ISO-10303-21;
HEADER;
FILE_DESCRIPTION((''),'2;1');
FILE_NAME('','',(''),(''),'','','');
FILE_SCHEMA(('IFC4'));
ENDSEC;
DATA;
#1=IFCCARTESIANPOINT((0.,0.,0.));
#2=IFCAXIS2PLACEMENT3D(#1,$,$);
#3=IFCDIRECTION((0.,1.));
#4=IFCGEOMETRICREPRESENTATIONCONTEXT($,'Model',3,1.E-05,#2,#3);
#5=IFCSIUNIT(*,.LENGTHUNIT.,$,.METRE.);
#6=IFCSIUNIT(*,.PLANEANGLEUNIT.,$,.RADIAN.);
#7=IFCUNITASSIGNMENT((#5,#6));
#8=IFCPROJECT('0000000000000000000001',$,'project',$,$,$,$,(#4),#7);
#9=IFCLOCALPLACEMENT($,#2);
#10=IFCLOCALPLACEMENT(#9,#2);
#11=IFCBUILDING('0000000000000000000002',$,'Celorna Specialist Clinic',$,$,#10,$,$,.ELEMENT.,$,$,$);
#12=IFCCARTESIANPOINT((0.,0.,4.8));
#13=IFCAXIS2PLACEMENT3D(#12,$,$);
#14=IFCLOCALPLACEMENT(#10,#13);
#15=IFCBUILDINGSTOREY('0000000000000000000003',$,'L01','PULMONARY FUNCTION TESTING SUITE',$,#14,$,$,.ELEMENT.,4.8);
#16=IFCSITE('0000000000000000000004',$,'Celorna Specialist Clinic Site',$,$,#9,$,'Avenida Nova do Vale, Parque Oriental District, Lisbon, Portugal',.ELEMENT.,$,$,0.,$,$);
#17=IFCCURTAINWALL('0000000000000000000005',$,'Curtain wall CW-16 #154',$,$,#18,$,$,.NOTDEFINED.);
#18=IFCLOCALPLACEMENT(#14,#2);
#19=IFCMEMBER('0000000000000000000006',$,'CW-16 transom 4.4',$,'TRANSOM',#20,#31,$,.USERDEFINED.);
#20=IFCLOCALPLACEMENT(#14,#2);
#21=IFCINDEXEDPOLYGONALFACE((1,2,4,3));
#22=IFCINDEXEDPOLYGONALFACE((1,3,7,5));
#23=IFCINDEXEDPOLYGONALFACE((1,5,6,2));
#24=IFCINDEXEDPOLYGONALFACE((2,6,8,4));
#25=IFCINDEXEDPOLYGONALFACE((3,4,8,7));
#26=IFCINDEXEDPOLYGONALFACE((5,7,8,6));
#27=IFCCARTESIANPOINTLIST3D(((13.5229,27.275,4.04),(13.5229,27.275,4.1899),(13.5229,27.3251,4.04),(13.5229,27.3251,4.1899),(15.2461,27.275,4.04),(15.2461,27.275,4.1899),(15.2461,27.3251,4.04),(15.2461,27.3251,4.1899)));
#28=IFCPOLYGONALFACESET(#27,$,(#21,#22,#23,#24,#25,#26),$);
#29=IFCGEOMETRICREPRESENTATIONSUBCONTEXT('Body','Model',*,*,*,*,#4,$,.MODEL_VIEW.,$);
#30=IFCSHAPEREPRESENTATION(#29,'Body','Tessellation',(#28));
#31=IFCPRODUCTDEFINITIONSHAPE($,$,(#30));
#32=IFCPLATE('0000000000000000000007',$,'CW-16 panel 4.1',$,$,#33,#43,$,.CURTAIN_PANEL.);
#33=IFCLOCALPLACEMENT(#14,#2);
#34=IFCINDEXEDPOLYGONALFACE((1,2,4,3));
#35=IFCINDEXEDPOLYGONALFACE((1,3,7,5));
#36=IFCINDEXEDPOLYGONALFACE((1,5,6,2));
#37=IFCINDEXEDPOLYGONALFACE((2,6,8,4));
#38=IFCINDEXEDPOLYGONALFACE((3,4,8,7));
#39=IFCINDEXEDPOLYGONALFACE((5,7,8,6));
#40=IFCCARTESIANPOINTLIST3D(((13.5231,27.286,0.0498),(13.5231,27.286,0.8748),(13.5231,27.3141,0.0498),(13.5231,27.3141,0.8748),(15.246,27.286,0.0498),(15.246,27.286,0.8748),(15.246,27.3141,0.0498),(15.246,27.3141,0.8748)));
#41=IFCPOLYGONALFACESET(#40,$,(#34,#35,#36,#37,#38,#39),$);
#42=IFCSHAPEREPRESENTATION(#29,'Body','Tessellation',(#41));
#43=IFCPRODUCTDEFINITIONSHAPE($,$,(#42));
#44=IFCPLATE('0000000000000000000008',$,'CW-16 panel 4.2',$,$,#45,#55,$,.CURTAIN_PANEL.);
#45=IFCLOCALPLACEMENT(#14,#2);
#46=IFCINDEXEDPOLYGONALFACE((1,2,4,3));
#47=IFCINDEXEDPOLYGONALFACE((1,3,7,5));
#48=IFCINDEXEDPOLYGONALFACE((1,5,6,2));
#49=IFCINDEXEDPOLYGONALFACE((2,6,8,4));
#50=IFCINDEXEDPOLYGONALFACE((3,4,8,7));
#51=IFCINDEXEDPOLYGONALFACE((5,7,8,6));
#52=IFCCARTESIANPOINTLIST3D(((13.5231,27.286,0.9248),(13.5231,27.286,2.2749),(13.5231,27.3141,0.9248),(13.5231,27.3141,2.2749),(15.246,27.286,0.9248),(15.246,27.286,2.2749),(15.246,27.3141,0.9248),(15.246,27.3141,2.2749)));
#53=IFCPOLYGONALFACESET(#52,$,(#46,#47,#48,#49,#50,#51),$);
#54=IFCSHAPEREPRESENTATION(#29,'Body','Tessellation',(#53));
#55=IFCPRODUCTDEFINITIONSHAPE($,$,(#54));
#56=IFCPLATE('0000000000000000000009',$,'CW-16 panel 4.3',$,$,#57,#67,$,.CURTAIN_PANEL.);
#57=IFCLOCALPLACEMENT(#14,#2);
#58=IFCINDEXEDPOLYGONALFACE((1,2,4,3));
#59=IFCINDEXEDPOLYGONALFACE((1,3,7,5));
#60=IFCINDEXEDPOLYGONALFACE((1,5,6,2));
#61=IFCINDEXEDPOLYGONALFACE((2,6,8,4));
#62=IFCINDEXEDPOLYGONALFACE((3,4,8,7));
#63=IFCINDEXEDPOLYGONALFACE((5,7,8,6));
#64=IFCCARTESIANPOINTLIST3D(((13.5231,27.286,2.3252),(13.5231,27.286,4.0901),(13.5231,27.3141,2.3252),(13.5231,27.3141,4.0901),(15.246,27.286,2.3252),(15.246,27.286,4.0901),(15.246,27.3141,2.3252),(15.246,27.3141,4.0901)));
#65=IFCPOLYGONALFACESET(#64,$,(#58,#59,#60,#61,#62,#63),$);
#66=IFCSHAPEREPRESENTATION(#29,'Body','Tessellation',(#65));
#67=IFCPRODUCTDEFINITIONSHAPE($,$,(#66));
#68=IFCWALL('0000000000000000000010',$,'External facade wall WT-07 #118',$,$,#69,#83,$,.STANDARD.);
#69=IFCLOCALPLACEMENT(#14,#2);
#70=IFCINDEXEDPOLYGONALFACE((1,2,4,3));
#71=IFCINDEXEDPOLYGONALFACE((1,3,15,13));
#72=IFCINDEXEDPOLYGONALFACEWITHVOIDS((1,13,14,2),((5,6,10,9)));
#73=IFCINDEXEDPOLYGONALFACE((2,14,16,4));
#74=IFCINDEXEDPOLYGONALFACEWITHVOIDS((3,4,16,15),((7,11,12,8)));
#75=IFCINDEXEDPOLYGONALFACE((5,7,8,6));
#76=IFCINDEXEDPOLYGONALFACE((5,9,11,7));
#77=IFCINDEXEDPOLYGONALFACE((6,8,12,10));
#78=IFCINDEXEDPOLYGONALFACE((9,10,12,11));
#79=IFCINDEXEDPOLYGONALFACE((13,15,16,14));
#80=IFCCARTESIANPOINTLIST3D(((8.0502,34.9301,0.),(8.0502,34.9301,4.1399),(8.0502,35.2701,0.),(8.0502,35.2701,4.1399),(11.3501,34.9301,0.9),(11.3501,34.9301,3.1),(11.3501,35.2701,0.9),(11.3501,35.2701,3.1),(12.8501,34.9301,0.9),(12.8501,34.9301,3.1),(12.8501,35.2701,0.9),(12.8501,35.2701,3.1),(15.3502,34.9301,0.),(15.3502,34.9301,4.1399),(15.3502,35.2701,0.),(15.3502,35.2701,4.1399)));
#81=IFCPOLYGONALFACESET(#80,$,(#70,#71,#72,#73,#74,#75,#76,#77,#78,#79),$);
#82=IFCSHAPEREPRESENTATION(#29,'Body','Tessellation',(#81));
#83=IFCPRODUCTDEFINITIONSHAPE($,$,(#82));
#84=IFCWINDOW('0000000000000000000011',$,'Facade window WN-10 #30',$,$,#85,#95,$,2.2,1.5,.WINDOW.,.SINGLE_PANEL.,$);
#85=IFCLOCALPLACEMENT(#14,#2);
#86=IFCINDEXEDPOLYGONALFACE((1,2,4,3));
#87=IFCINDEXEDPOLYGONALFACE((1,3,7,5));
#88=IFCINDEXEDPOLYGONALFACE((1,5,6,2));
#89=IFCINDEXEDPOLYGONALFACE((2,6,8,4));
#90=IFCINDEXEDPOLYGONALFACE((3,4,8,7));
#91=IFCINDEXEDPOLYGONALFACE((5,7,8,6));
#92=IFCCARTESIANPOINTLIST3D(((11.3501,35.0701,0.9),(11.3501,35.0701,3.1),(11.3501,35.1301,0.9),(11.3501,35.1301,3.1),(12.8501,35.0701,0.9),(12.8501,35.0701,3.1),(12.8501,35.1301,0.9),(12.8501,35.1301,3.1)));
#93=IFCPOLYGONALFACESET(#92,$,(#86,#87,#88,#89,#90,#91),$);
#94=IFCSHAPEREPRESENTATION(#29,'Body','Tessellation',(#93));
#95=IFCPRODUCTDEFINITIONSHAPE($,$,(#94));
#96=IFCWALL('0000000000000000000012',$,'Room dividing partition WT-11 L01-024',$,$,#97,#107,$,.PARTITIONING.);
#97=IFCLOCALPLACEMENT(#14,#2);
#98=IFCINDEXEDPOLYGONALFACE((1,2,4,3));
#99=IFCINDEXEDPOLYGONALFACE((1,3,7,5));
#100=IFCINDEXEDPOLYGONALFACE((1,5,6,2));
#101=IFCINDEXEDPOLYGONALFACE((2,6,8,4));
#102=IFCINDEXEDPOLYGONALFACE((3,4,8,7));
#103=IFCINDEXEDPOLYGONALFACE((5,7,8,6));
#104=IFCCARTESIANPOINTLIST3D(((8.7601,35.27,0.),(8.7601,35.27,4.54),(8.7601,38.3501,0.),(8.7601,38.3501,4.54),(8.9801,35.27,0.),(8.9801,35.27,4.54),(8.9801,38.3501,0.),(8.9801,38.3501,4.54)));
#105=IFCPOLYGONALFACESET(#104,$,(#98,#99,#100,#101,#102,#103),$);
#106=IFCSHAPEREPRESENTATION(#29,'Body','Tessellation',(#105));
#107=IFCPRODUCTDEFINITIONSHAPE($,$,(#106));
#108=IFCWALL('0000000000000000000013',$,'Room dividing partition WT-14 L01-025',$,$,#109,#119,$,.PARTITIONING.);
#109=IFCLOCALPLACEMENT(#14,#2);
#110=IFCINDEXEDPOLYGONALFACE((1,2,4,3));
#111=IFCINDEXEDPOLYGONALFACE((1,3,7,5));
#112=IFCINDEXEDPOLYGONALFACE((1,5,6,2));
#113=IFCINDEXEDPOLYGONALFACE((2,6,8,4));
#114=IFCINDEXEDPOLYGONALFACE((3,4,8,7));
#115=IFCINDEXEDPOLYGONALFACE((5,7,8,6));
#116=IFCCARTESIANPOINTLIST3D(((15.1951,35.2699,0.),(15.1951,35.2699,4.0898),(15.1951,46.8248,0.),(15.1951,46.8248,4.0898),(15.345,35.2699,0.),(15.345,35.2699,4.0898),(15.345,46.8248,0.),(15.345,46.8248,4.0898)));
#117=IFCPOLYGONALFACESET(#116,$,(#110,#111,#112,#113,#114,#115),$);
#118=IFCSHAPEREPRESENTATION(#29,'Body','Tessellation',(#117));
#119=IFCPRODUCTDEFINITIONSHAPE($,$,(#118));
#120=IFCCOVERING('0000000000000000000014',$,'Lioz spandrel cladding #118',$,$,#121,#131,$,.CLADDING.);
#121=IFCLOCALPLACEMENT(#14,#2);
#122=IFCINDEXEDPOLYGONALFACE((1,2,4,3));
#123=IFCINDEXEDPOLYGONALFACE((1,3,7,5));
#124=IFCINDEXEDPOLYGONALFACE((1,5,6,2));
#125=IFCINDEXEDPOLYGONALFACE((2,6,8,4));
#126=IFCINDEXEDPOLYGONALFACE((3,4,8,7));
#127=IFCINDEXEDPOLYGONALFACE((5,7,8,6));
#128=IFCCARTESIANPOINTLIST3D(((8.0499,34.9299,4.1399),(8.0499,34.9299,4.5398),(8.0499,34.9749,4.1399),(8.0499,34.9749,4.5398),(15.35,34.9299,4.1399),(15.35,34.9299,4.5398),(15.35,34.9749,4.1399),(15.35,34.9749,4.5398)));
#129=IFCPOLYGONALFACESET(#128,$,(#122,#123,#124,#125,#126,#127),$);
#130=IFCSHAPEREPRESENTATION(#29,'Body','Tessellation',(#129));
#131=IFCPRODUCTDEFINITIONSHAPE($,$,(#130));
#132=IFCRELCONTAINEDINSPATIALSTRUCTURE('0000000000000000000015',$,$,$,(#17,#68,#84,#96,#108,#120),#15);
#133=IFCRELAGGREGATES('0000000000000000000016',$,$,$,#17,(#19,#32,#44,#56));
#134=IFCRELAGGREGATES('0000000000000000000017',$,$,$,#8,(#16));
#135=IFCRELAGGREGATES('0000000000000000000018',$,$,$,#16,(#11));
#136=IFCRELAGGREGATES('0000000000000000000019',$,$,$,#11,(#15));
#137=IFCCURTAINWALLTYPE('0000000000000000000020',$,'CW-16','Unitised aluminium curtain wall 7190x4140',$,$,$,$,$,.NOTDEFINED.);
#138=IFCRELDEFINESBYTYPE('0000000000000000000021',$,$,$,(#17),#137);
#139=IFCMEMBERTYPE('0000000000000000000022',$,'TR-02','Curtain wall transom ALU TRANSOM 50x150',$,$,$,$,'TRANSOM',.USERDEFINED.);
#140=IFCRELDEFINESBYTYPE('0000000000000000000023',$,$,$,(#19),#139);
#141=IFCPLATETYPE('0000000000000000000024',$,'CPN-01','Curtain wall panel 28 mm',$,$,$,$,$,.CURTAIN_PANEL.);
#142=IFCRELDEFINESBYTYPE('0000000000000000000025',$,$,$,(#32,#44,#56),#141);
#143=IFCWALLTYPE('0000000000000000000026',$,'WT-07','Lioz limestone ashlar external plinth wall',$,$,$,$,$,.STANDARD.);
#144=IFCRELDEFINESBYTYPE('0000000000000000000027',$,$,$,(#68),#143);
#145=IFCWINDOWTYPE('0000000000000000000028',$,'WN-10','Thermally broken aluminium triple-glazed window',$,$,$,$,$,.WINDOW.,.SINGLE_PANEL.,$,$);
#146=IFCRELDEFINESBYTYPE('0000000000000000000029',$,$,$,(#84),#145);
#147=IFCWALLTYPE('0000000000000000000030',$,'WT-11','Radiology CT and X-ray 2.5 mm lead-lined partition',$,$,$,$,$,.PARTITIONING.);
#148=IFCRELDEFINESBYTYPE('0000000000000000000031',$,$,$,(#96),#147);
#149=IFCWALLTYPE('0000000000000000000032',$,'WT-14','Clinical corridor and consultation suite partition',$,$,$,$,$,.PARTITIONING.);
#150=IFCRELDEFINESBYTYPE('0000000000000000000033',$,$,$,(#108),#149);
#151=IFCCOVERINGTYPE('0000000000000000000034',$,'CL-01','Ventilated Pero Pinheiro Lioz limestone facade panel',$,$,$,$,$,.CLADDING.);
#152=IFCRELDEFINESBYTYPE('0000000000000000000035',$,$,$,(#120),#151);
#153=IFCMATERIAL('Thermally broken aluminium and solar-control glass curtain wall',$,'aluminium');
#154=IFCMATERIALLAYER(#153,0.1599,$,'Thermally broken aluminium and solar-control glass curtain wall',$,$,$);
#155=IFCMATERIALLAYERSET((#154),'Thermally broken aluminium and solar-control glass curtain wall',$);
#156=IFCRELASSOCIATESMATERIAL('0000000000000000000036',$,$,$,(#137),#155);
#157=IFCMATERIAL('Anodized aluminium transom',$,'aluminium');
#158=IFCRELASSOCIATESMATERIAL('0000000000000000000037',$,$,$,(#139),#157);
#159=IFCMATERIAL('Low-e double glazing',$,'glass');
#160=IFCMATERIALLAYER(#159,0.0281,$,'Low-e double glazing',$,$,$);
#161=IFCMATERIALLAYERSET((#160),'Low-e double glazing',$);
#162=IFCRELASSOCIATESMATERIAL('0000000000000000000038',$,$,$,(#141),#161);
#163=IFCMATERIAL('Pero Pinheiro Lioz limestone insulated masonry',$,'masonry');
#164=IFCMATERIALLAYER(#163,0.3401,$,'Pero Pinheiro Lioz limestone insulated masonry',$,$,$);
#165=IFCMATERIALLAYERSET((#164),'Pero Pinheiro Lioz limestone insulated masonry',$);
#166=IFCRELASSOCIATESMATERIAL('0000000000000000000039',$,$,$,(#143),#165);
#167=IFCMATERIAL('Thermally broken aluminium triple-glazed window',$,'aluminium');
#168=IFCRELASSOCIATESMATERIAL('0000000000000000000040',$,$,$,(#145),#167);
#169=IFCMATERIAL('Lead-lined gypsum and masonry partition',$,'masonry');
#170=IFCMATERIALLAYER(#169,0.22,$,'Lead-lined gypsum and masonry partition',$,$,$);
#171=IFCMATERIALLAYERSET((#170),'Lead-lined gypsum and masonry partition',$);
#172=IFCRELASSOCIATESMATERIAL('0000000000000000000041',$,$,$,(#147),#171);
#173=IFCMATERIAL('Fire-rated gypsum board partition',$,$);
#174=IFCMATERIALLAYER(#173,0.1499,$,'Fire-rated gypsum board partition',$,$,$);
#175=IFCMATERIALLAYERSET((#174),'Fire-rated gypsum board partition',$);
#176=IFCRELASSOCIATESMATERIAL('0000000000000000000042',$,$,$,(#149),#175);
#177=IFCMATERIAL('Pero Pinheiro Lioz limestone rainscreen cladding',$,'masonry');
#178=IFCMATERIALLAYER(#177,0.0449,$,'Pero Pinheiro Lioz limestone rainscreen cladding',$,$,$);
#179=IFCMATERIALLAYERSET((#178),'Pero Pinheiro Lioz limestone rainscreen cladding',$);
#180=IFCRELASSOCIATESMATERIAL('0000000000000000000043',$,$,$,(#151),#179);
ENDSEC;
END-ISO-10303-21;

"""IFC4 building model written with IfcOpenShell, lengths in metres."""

from ifc_helpers import new_model, si_unit, direction, frame, frame_2d, origin, origin_2d, place, context, subcontext, project, spatial, rectangle, extrude, material, layer, layer_set, material_profile, profile_set, type_object, element, fill, aggregate, save


model = new_model("IFC4")

# Units and contexts
model_context = context("Model", 3, precision=1e-05, world=origin(), true_north=direction((0.0, 1.0)))
body_context = subcontext(model_context, "Body", "Model", "MODEL_VIEW")
ifc_project = project(units=[si_unit("LENGTHUNIT", "METRE"), si_unit("PLANEANGLEUNIT", "RADIAN")], contexts=[model_context])

# Site, building, storey
site_placement = place(None, origin())
site = spatial("IfcSite", under=ifc_project, at=site_placement, Name="Celorna Specialist Clinic Site", LongName="Avenida Nova do Vale, Parque Oriental District, Lisbon, Portugal", CompositionType="ELEMENT", RefElevation=0.0)
building_placement = place(site_placement, origin())
building = spatial("IfcBuilding", under=site, at=building_placement, Name="Celorna Specialist Clinic", CompositionType="ELEMENT")
storey_placement = place(building_placement, frame((0.0, 0.0, 4.8)))
storey = spatial("IfcBuildingStorey", under=building, at=storey_placement, Name="L01", Description="PULMONARY FUNCTION TESTING SUITE", CompositionType="ELEMENT", Elevation=4.8)

# Curtain wall, member, plates
ifc_material_1 = material(Name="Thermally broken aluminium and solar-control glass curtain wall", Category="aluminium")
ifc_layer_1 = layer(ifc_material_1, 0.1599, Name="Thermally broken aluminium and solar-control glass curtain wall")
ifc_layer_set_1 = layer_set([ifc_layer_1], Name="Thermally broken aluminium and solar-control glass curtain wall")
curtain_wall_type = type_object("IfcCurtainWallType", Name="CW-16", Description="Unitised aluminium curtain wall 7190x4140", PredefinedType="NOTDEFINED", material=ifc_layer_set_1)
curtain_wall_placement = place(storey_placement, origin())
curtain_wall = element("IfcCurtainWall", 1, at=curtain_wall_placement, inside=storey, type_object=curtain_wall_type, Name="Curtain wall CW-16 #154", PredefinedType="NOTDEFINED")
ifc_material_2 = material(Name="Anodized aluminium transom", Category="aluminium")
ifc_material_profile_1 = material_profile(ifc_material_2, rectangle(XDim=0.05, YDim=0.1499, at=origin_2d()), Name="ALU TRANSOM 50x150")
ifc_profile_set_1 = profile_set([ifc_material_profile_1], Name="Anodized aluminium transom")
member_type_1 = type_object("IfcMemberType", Name="TR-02", Description="Curtain wall transom ALU TRANSOM 50x150", ElementType="TRANSOM", PredefinedType="USERDEFINED", material=ifc_profile_set_1)
member_1_placement = place(storey_placement, frame((13.5229, 27.3, 4.115), z_axis=(1.0, 0.0, 0.0), x_axis=(0.0, 1.0, 0.0)))
member_1 = element("IfcMember", 2, at=member_1_placement, type_object=member_type_1, Name="CW-16 transom 4.4", ObjectType="TRANSOM", PredefinedType="USERDEFINED", context=body_context, shape_type="SweptSolid", body=[
    extrude(rectangle(XDim=0.05, YDim=0.1499, at=origin_2d()), origin(), (0.0, 0.0, 1.0), 1.7231),
])
ifc_material_3 = material(Name="Low-e double glazing", Category="glass")
ifc_layer_2 = layer(ifc_material_3, 0.0281, Name="Low-e double glazing")
ifc_layer_set_2 = layer_set([ifc_layer_2], Name="Low-e double glazing")
plate_type = type_object("IfcPlateType", Name="CPN-01", Description="Curtain wall panel 28 mm", PredefinedType="CURTAIN_PANEL", material=ifc_layer_set_2)
plate_1_placement = place(storey_placement, frame((14.3845, 27.3, 0.0498), z_axis=(0.0, 0.0, 1.0), x_axis=(1.0, 0.0, 0.0)))
plate_1 = element("IfcPlate", 3, at=plate_1_placement, type_object=plate_type, Name="CW-16 panel 4.1", PredefinedType="CURTAIN_PANEL", context=body_context, shape_type="SweptSolid", body=[
    extrude(rectangle(XDim=1.7229, YDim=0.0281, at=origin_2d()), origin(), (0.0, 0.0, 1.0), 0.825),
])
plate_2_placement = place(storey_placement, frame((14.3845, 27.3, 0.9248), z_axis=(0.0, 0.0, 1.0), x_axis=(1.0, 0.0, 0.0)))
plate_2 = element("IfcPlate", 4, at=plate_2_placement, type_object=plate_type, Name="CW-16 panel 4.2", PredefinedType="CURTAIN_PANEL", context=body_context, shape_type="SweptSolid", body=[
    extrude(rectangle(XDim=1.7229, YDim=0.0281, at=origin_2d()), origin(), (0.0, 0.0, 1.0), 1.3501),
])
plate_3_placement = place(storey_placement, frame((14.3845, 27.3, 2.3252), z_axis=(0.0, 0.0, 1.0), x_axis=(1.0, 0.0, 0.0)))
plate_3 = element("IfcPlate", 5, at=plate_3_placement, type_object=plate_type, Name="CW-16 panel 4.3", PredefinedType="CURTAIN_PANEL", context=body_context, shape_type="SweptSolid", body=[
    extrude(rectangle(XDim=1.7229, YDim=0.0281, at=origin_2d()), origin(), (0.0, 0.0, 1.0), 1.7649),
])
aggregate(curtain_wall, [member_1, plate_1, plate_2, plate_3])

# Wall, opening, window
ifc_material_4 = material(Name="Pero Pinheiro Lioz limestone insulated masonry", Category="masonry")
ifc_layer_3 = layer(ifc_material_4, 0.3401, Name="Pero Pinheiro Lioz limestone insulated masonry")
ifc_layer_set_3 = layer_set([ifc_layer_3], Name="Pero Pinheiro Lioz limestone insulated masonry")
wall_type_1 = type_object("IfcWallType", Name="WT-07", Description="Lioz limestone ashlar external plinth wall", PredefinedType="STANDARD", material=ifc_layer_set_3)
wall_1_placement = place(storey_placement, frame((15.3501, 35.1001, 0.0), z_axis=(0.0, 0.0, 1.0), x_axis=(-1.0, 0.0, 0.0)))
wall_1 = element("IfcWall", 6, at=wall_1_placement, inside=storey, type_object=wall_type_1, Name="External facade wall WT-07 #118", PredefinedType="STANDARD", context=body_context, shape_type="SweptSolid", body=[
    extrude(rectangle(XDim=7.3, YDim=0.3401, at=frame_2d((3.6499, 0.0))), origin(), (0.0, 0.0, 1.0), 4.1399),
])
opening_placement = place(wall_1_placement, frame((2.5, 0.0, 0.8999)))
opening = element("IfcOpeningElement", 7, at=opening_placement, cuts=wall_1, PredefinedType="OPENING", context=body_context, shape_type="SweptSolid", body=[
    extrude(rectangle(XDim=1.5, YDim=2.2, at=frame_2d((0.75, 1.1001))), frame((0.0, 0.1799, 0.0), z_axis=(0.0, -1.0, 0.0), x_axis=(1.0, 0.0, 0.0)), (0.0, 0.0, 1.0), 0.3601),
])
ifc_material_5 = material(Name="Thermally broken aluminium triple-glazed window", Category="aluminium")
window_type = type_object("IfcWindowType", Name="WN-10", Description="Thermally broken aluminium triple-glazed window", PartitioningType="SINGLE_PANEL", PredefinedType="WINDOW", material=ifc_material_5)
window_placement = place(opening_placement, origin())
window = element("IfcWindow", 8, at=window_placement, inside=storey, type_object=window_type, Name="Facade window WN-10 #30", OverallHeight=2.2, OverallWidth=1.5, PartitioningType="SINGLE_PANEL", PredefinedType="WINDOW", context=body_context, shape_type="SweptSolid", body=[
    extrude(rectangle(XDim=1.5, YDim=2.2, at=frame_2d((0.75, 1.1001))), frame((0.0, 0.03, 0.0), z_axis=(0.0, -1.0, 0.0), x_axis=(1.0, 0.0, 0.0)), (0.0, 0.0, 1.0), 0.0601),
])
fill(opening, window)

# Walls
ifc_material_6 = material(Name="Lead-lined gypsum and masonry partition", Category="masonry")
ifc_layer_4 = layer(ifc_material_6, 0.22, Name="Lead-lined gypsum and masonry partition")
ifc_layer_set_4 = layer_set([ifc_layer_4], Name="Lead-lined gypsum and masonry partition")
wall_type_2 = type_object("IfcWallType", Name="WT-11", Description="Radiology CT and X-ray 2.5 mm lead-lined partition", PredefinedType="PARTITIONING", material=ifc_layer_set_4)
wall_2_placement = place(storey_placement, frame((8.8701, 35.27, 0.0), z_axis=(0.0, 0.0, 1.0), x_axis=(0.0, 1.0, 0.0)))
element("IfcWall", 9, at=wall_2_placement, inside=storey, type_object=wall_type_2, Name="Room dividing partition WT-11 L01-024", PredefinedType="PARTITIONING", context=body_context, shape_type="SweptSolid", body=[
    extrude(rectangle(XDim=3.0801, YDim=0.22, at=frame_2d((1.54, 0.0))), origin(), (0.0, 0.0, 1.0), 4.54),
])
ifc_material_7 = material(Name="Fire-rated gypsum board partition")
ifc_layer_5 = layer(ifc_material_7, 0.1499, Name="Fire-rated gypsum board partition")
ifc_layer_set_5 = layer_set([ifc_layer_5], Name="Fire-rated gypsum board partition")
wall_type_3 = type_object("IfcWallType", Name="WT-14", Description="Clinical corridor and consultation suite partition", PredefinedType="PARTITIONING", material=ifc_layer_set_5)
wall_3_placement = place(storey_placement, frame((15.27, 35.27, 0.0), z_axis=(0.0, 0.0, 1.0), x_axis=(0.0, 1.0, 0.0)))
element("IfcWall", 10, at=wall_3_placement, inside=storey, type_object=wall_type_3, Name="Room dividing partition WT-14 L01-025", PredefinedType="PARTITIONING", context=body_context, shape_type="SweptSolid", body=[
    extrude(rectangle(XDim=11.5549, YDim=0.1499, at=frame_2d((5.7773, 0.0))), origin(), (0.0, 0.0, 1.0), 4.0898),
])

# Covering
ifc_material_8 = material(Name="Pero Pinheiro Lioz limestone rainscreen cladding", Category="masonry")
ifc_layer_6 = layer(ifc_material_8, 0.0449, Name="Pero Pinheiro Lioz limestone rainscreen cladding")
ifc_layer_set_6 = layer_set([ifc_layer_6], Name="Pero Pinheiro Lioz limestone rainscreen cladding")
covering_type = type_object("IfcCoveringType", Name="CL-01", Description="Ventilated Pero Pinheiro Lioz limestone facade panel", PredefinedType="CLADDING", material=ifc_layer_set_6)
covering_placement = place(storey_placement, frame((11.7, 34.9524, 4.1399), z_axis=(0.0, 0.0, 1.0), x_axis=(-1.0, 0.0, 0.0)))
element("IfcCovering", 11, at=covering_placement, inside=storey, type_object=covering_type, Name="Lioz spandrel cladding #118", PredefinedType="CLADDING", context=body_context, shape_type="SweptSolid", body=[
    extrude(rectangle(XDim=7.3, YDim=0.0449, at=origin_2d()), origin(), (0.0, 0.0, 1.0), 0.3999),
])

save(model, "model.ifc")
